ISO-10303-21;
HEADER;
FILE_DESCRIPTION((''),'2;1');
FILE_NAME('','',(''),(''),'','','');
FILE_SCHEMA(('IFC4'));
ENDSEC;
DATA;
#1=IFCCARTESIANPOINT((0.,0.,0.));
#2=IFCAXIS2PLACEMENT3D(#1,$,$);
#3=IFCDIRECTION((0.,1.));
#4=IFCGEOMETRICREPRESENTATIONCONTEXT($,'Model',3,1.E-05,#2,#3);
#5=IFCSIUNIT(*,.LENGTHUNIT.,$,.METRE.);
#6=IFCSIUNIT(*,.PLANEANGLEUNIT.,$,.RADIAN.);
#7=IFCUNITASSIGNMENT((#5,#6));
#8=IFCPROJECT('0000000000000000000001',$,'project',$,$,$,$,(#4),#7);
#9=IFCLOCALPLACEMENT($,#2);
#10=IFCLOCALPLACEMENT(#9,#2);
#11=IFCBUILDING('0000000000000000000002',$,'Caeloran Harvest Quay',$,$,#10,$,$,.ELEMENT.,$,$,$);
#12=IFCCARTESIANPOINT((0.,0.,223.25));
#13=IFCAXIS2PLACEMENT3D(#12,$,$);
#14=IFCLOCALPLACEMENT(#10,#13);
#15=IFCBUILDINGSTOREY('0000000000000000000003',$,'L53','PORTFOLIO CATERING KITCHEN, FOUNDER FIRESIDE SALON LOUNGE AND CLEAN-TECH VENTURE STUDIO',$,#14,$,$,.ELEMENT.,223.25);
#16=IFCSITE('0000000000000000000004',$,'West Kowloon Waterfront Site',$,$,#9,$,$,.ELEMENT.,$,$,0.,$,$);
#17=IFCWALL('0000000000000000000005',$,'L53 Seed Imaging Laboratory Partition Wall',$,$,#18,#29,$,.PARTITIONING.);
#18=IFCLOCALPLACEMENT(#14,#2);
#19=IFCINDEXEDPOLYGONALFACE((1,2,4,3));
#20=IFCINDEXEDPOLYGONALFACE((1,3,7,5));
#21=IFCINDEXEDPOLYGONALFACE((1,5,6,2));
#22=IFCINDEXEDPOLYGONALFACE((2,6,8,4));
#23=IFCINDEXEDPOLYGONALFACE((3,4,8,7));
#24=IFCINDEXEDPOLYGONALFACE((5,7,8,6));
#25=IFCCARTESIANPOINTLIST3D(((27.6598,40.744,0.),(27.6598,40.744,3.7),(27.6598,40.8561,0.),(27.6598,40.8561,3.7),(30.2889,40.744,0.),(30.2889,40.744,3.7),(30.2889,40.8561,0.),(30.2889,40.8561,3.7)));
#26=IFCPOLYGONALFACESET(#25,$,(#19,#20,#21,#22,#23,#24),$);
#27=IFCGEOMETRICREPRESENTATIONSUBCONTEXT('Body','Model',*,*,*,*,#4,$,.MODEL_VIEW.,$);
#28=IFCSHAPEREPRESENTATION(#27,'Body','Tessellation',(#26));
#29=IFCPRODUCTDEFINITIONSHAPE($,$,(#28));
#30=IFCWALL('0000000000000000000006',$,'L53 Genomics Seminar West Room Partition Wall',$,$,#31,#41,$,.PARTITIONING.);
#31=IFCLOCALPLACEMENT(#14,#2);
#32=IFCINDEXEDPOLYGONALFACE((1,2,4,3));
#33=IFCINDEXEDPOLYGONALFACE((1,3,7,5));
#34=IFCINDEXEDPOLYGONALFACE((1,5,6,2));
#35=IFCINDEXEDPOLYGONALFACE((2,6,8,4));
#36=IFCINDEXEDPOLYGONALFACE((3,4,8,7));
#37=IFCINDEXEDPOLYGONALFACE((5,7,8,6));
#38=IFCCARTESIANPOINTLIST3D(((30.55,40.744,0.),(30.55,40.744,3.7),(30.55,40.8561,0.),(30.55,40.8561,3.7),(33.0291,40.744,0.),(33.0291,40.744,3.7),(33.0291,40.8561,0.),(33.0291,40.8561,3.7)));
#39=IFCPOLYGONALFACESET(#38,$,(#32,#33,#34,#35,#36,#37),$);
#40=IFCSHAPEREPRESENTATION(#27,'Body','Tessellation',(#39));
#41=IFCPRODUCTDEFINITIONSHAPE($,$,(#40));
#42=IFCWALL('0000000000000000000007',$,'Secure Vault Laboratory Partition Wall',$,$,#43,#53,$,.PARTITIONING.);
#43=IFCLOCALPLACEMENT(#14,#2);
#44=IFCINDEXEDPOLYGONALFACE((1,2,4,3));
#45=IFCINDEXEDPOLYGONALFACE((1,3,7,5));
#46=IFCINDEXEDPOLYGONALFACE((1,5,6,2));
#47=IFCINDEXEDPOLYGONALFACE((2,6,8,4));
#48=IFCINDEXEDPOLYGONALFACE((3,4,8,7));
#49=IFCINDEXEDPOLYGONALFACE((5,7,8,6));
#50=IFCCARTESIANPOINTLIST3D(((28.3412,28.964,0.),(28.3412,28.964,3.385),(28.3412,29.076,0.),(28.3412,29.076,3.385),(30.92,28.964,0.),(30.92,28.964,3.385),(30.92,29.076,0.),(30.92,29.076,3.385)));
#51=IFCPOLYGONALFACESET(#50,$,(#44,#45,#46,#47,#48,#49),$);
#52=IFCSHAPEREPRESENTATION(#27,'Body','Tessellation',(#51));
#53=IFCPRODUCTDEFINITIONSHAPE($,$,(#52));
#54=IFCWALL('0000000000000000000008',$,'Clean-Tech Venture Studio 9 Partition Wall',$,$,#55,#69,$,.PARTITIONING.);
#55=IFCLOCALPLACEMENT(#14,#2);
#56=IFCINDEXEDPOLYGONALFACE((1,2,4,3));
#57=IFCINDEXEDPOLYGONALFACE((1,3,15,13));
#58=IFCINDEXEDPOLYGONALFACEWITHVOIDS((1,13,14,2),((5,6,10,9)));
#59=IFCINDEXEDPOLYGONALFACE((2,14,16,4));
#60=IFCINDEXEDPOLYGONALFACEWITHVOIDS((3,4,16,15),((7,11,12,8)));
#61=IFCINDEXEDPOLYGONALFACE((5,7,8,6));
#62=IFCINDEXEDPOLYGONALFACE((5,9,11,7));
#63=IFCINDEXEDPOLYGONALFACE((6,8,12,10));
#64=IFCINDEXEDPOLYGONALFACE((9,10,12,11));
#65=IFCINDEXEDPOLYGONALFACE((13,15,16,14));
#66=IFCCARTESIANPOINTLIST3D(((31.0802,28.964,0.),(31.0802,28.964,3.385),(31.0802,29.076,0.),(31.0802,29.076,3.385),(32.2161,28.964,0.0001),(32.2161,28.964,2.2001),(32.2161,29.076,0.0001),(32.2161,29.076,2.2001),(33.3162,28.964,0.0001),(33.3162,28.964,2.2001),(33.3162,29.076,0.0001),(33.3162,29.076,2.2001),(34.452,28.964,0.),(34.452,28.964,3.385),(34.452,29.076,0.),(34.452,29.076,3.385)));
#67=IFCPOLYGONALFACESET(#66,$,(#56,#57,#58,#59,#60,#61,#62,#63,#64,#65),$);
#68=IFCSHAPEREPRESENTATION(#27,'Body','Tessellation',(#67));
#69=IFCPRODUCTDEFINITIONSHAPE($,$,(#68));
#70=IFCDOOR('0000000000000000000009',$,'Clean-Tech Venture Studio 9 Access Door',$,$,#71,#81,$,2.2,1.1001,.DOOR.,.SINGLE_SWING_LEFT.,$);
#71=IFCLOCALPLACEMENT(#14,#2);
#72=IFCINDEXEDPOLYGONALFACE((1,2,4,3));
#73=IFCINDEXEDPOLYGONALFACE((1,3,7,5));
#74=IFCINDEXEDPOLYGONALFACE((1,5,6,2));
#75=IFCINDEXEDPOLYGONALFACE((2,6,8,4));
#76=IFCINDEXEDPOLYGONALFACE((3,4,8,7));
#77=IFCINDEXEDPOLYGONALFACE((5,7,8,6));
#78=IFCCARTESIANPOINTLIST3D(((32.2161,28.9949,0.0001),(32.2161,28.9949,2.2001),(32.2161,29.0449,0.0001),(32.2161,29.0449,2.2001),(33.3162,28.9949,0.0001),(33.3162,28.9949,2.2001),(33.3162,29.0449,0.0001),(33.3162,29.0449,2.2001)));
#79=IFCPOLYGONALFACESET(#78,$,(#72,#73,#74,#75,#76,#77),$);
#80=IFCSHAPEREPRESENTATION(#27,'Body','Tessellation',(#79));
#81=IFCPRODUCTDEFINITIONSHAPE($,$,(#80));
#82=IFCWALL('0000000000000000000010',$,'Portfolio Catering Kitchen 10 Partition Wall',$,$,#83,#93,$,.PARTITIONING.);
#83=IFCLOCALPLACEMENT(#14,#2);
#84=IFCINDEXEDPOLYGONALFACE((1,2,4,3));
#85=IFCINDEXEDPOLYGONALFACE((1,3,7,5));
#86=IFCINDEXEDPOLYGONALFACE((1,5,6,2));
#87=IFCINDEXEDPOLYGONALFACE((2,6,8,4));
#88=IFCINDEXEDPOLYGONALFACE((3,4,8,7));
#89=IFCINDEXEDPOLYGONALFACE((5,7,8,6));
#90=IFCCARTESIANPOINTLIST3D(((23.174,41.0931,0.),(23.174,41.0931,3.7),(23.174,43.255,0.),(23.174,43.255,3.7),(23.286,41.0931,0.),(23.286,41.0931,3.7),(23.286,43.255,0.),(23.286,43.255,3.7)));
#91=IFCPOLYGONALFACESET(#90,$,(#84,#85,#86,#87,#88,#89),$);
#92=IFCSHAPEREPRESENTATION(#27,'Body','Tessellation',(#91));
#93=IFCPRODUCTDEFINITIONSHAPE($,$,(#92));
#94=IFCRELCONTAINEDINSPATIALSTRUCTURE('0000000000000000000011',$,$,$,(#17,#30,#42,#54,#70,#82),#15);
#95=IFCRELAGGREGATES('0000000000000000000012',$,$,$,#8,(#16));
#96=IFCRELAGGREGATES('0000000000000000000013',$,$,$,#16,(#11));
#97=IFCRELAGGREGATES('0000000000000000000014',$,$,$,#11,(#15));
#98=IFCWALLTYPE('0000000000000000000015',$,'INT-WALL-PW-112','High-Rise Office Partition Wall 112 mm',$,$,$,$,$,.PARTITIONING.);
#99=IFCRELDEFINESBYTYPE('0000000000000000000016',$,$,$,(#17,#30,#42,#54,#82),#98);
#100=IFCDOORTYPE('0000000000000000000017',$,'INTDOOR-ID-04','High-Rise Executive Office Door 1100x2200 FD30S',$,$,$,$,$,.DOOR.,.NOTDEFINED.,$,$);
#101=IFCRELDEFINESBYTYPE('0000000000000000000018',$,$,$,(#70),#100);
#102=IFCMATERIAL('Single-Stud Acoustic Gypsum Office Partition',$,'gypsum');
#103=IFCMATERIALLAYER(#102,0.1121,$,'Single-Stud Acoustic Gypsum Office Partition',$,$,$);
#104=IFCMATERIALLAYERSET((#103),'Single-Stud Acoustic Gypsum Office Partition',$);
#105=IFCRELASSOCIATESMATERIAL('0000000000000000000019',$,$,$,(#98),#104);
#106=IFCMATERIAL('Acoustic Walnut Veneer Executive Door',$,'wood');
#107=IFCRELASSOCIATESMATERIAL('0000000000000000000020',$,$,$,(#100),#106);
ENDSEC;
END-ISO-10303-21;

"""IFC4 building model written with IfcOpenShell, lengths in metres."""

from ifc_helpers import new_model, si_unit, direction, frame, frame_2d, origin, place, context, subcontext, project, spatial, rectangle, extrude, material, layer, layer_set, type_object, element, fill, save


model = new_model("IFC4")

# Units and contexts
model_context = context("Model", 3, precision=1e-05, world=origin(), true_north=direction((0.0, 1.0)))
body_context = subcontext(model_context, "Body", "Model", "MODEL_VIEW")
ifc_project = project(units=[si_unit("LENGTHUNIT", "METRE"), si_unit("PLANEANGLEUNIT", "RADIAN")], contexts=[model_context])

# Site, building, storey
site_placement = place(None, origin())
site = spatial("IfcSite", under=ifc_project, at=site_placement, Name="West Kowloon Waterfront Site", CompositionType="ELEMENT", RefElevation=0.0)
building_placement = place(site_placement, origin())
building = spatial("IfcBuilding", under=site, at=building_placement, Name="Caeloran Harvest Quay", CompositionType="ELEMENT")
storey_placement = place(building_placement, frame((0.0, 0.0, 223.25)))
storey = spatial("IfcBuildingStorey", under=building, at=storey_placement, Name="L53", Description="PORTFOLIO CATERING KITCHEN, FOUNDER FIRESIDE SALON LOUNGE AND CLEAN-TECH VENTURE STUDIO", CompositionType="ELEMENT", Elevation=223.25)

# Shared definitions
ifc_material_1 = material(Name="Single-Stud Acoustic Gypsum Office Partition", Category="gypsum")
ifc_layer = layer(ifc_material_1, 0.1121, Name="Single-Stud Acoustic Gypsum Office Partition")
ifc_layer_set = layer_set([ifc_layer], Name="Single-Stud Acoustic Gypsum Office Partition")
wall_type = type_object("IfcWallType", Name="INT-WALL-PW-112", Description="High-Rise Office Partition Wall 112 mm", PredefinedType="PARTITIONING", material=ifc_layer_set)

# Shared definitions
ifc_material_2 = material(Name="Acoustic Walnut Veneer Executive Door", Category="wood")
door_type = type_object("IfcDoorType", Name="INTDOOR-ID-04", Description="High-Rise Executive Office Door 1100x2200 FD30S", OperationType="NOTDEFINED", PredefinedType="DOOR", material=ifc_material_2)

# Walls
wall_1_placement = place(storey_placement, frame((27.6599, 40.8, 0.0), z_axis=(0.0, 0.0, 1.0), x_axis=(1.0, 0.0, 0.0)))
element("IfcWall", 1, at=wall_1_placement, inside=storey, type_object=wall_type, Name="L53 Seed Imaging Laboratory Partition Wall", PredefinedType="PARTITIONING", context=body_context, shape_type="SweptSolid", body=[
    extrude(rectangle(XDim=2.6292, YDim=0.1121, at=frame_2d((1.3145, 0.0))), origin(), (0.0, 0.0, 1.0), 3.7),
])
wall_2_placement = place(storey_placement, frame((30.55, 40.8, 0.0), z_axis=(0.0, 0.0, 1.0), x_axis=(1.0, 0.0, 0.0)))
element("IfcWall", 2, at=wall_2_placement, inside=storey, type_object=wall_type, Name="L53 Genomics Seminar West Room Partition Wall", PredefinedType="PARTITIONING", context=body_context, shape_type="SweptSolid", body=[
    extrude(rectangle(XDim=2.479, YDim=0.1121, at=frame_2d((1.2395, 0.0))), origin(), (0.0, 0.0, 1.0), 3.7),
])
wall_3_placement = place(storey_placement, frame((28.3411, 29.02, 0.0), z_axis=(0.0, 0.0, 1.0), x_axis=(1.0, 0.0, 0.0)))
element("IfcWall", 3, at=wall_3_placement, inside=storey, type_object=wall_type, Name="Secure Vault Laboratory Partition Wall", PredefinedType="PARTITIONING", context=body_context, shape_type="SweptSolid", body=[
    extrude(rectangle(XDim=2.5789, YDim=0.1121, at=frame_2d((1.2896, 0.0))), origin(), (0.0, 0.0, 1.0), 3.385),
])

# Wall, opening, door
wall_4_placement = place(storey_placement, frame((31.0801, 29.02, 0.0), z_axis=(0.0, 0.0, 1.0), x_axis=(1.0, 0.0, 0.0)))
wall_4 = element("IfcWall", 4, at=wall_4_placement, inside=storey, type_object=wall_type, Name="Clean-Tech Venture Studio 9 Partition Wall", PredefinedType="PARTITIONING", context=body_context, shape_type="SweptSolid", body=[
    extrude(rectangle(XDim=3.3718, YDim=0.1121, at=frame_2d((1.686, 0.0))), origin(), (0.0, 0.0, 1.0), 3.385),
])
opening_1_placement = place(wall_4_placement, frame((1.136, 0.0, 0.0)))
opening_1 = element("IfcOpeningElement", 5, at=opening_1_placement, cuts=wall_4, PredefinedType="OPENING", context=body_context, shape_type="SweptSolid", body=[
    extrude(rectangle(XDim=1.1001, YDim=2.2, at=frame_2d((0.55, 1.1001))), frame((0.0, 0.0659, 0.0), z_axis=(0.0, -1.0, 0.0), x_axis=(1.0, 0.0, 0.0)), (0.0, 0.0, 1.0), 0.1321),
])
door_1_placement = place(opening_1_placement, origin())
door_1 = element("IfcDoor", 6, at=door_1_placement, inside=storey, type_object=door_type, Name="Clean-Tech Venture Studio 9 Access Door", OperationType="SINGLE_SWING_LEFT", OverallHeight=2.2, OverallWidth=1.1001, PredefinedType="DOOR", context=body_context, shape_type="SweptSolid", body=[
    extrude(rectangle(XDim=1.1001, YDim=2.2, at=frame_2d((0.55, 1.1001))), frame((0.0, 0.0249, 0.0), z_axis=(0.0, -1.0, 0.0), x_axis=(1.0, 0.0, 0.0)), (0.0, 0.0, 1.0), 0.05),
])
fill(opening_1, door_1)

# Wall
wall_5_placement = place(storey_placement, frame((23.23, 41.093, 0.0), z_axis=(0.0, 0.0, 1.0), x_axis=(0.0, 1.0, 0.0)))
element("IfcWall", 7, at=wall_5_placement, inside=storey, type_object=wall_type, Name="Portfolio Catering Kitchen 10 Partition Wall", PredefinedType="PARTITIONING", context=body_context, shape_type="SweptSolid", body=[
    extrude(rectangle(XDim=2.1619, YDim=0.1121, at=frame_2d((1.0811, 0.0))), origin(), (0.0, 0.0, 1.0), 3.7),
])

save(model, "model.ifc")
